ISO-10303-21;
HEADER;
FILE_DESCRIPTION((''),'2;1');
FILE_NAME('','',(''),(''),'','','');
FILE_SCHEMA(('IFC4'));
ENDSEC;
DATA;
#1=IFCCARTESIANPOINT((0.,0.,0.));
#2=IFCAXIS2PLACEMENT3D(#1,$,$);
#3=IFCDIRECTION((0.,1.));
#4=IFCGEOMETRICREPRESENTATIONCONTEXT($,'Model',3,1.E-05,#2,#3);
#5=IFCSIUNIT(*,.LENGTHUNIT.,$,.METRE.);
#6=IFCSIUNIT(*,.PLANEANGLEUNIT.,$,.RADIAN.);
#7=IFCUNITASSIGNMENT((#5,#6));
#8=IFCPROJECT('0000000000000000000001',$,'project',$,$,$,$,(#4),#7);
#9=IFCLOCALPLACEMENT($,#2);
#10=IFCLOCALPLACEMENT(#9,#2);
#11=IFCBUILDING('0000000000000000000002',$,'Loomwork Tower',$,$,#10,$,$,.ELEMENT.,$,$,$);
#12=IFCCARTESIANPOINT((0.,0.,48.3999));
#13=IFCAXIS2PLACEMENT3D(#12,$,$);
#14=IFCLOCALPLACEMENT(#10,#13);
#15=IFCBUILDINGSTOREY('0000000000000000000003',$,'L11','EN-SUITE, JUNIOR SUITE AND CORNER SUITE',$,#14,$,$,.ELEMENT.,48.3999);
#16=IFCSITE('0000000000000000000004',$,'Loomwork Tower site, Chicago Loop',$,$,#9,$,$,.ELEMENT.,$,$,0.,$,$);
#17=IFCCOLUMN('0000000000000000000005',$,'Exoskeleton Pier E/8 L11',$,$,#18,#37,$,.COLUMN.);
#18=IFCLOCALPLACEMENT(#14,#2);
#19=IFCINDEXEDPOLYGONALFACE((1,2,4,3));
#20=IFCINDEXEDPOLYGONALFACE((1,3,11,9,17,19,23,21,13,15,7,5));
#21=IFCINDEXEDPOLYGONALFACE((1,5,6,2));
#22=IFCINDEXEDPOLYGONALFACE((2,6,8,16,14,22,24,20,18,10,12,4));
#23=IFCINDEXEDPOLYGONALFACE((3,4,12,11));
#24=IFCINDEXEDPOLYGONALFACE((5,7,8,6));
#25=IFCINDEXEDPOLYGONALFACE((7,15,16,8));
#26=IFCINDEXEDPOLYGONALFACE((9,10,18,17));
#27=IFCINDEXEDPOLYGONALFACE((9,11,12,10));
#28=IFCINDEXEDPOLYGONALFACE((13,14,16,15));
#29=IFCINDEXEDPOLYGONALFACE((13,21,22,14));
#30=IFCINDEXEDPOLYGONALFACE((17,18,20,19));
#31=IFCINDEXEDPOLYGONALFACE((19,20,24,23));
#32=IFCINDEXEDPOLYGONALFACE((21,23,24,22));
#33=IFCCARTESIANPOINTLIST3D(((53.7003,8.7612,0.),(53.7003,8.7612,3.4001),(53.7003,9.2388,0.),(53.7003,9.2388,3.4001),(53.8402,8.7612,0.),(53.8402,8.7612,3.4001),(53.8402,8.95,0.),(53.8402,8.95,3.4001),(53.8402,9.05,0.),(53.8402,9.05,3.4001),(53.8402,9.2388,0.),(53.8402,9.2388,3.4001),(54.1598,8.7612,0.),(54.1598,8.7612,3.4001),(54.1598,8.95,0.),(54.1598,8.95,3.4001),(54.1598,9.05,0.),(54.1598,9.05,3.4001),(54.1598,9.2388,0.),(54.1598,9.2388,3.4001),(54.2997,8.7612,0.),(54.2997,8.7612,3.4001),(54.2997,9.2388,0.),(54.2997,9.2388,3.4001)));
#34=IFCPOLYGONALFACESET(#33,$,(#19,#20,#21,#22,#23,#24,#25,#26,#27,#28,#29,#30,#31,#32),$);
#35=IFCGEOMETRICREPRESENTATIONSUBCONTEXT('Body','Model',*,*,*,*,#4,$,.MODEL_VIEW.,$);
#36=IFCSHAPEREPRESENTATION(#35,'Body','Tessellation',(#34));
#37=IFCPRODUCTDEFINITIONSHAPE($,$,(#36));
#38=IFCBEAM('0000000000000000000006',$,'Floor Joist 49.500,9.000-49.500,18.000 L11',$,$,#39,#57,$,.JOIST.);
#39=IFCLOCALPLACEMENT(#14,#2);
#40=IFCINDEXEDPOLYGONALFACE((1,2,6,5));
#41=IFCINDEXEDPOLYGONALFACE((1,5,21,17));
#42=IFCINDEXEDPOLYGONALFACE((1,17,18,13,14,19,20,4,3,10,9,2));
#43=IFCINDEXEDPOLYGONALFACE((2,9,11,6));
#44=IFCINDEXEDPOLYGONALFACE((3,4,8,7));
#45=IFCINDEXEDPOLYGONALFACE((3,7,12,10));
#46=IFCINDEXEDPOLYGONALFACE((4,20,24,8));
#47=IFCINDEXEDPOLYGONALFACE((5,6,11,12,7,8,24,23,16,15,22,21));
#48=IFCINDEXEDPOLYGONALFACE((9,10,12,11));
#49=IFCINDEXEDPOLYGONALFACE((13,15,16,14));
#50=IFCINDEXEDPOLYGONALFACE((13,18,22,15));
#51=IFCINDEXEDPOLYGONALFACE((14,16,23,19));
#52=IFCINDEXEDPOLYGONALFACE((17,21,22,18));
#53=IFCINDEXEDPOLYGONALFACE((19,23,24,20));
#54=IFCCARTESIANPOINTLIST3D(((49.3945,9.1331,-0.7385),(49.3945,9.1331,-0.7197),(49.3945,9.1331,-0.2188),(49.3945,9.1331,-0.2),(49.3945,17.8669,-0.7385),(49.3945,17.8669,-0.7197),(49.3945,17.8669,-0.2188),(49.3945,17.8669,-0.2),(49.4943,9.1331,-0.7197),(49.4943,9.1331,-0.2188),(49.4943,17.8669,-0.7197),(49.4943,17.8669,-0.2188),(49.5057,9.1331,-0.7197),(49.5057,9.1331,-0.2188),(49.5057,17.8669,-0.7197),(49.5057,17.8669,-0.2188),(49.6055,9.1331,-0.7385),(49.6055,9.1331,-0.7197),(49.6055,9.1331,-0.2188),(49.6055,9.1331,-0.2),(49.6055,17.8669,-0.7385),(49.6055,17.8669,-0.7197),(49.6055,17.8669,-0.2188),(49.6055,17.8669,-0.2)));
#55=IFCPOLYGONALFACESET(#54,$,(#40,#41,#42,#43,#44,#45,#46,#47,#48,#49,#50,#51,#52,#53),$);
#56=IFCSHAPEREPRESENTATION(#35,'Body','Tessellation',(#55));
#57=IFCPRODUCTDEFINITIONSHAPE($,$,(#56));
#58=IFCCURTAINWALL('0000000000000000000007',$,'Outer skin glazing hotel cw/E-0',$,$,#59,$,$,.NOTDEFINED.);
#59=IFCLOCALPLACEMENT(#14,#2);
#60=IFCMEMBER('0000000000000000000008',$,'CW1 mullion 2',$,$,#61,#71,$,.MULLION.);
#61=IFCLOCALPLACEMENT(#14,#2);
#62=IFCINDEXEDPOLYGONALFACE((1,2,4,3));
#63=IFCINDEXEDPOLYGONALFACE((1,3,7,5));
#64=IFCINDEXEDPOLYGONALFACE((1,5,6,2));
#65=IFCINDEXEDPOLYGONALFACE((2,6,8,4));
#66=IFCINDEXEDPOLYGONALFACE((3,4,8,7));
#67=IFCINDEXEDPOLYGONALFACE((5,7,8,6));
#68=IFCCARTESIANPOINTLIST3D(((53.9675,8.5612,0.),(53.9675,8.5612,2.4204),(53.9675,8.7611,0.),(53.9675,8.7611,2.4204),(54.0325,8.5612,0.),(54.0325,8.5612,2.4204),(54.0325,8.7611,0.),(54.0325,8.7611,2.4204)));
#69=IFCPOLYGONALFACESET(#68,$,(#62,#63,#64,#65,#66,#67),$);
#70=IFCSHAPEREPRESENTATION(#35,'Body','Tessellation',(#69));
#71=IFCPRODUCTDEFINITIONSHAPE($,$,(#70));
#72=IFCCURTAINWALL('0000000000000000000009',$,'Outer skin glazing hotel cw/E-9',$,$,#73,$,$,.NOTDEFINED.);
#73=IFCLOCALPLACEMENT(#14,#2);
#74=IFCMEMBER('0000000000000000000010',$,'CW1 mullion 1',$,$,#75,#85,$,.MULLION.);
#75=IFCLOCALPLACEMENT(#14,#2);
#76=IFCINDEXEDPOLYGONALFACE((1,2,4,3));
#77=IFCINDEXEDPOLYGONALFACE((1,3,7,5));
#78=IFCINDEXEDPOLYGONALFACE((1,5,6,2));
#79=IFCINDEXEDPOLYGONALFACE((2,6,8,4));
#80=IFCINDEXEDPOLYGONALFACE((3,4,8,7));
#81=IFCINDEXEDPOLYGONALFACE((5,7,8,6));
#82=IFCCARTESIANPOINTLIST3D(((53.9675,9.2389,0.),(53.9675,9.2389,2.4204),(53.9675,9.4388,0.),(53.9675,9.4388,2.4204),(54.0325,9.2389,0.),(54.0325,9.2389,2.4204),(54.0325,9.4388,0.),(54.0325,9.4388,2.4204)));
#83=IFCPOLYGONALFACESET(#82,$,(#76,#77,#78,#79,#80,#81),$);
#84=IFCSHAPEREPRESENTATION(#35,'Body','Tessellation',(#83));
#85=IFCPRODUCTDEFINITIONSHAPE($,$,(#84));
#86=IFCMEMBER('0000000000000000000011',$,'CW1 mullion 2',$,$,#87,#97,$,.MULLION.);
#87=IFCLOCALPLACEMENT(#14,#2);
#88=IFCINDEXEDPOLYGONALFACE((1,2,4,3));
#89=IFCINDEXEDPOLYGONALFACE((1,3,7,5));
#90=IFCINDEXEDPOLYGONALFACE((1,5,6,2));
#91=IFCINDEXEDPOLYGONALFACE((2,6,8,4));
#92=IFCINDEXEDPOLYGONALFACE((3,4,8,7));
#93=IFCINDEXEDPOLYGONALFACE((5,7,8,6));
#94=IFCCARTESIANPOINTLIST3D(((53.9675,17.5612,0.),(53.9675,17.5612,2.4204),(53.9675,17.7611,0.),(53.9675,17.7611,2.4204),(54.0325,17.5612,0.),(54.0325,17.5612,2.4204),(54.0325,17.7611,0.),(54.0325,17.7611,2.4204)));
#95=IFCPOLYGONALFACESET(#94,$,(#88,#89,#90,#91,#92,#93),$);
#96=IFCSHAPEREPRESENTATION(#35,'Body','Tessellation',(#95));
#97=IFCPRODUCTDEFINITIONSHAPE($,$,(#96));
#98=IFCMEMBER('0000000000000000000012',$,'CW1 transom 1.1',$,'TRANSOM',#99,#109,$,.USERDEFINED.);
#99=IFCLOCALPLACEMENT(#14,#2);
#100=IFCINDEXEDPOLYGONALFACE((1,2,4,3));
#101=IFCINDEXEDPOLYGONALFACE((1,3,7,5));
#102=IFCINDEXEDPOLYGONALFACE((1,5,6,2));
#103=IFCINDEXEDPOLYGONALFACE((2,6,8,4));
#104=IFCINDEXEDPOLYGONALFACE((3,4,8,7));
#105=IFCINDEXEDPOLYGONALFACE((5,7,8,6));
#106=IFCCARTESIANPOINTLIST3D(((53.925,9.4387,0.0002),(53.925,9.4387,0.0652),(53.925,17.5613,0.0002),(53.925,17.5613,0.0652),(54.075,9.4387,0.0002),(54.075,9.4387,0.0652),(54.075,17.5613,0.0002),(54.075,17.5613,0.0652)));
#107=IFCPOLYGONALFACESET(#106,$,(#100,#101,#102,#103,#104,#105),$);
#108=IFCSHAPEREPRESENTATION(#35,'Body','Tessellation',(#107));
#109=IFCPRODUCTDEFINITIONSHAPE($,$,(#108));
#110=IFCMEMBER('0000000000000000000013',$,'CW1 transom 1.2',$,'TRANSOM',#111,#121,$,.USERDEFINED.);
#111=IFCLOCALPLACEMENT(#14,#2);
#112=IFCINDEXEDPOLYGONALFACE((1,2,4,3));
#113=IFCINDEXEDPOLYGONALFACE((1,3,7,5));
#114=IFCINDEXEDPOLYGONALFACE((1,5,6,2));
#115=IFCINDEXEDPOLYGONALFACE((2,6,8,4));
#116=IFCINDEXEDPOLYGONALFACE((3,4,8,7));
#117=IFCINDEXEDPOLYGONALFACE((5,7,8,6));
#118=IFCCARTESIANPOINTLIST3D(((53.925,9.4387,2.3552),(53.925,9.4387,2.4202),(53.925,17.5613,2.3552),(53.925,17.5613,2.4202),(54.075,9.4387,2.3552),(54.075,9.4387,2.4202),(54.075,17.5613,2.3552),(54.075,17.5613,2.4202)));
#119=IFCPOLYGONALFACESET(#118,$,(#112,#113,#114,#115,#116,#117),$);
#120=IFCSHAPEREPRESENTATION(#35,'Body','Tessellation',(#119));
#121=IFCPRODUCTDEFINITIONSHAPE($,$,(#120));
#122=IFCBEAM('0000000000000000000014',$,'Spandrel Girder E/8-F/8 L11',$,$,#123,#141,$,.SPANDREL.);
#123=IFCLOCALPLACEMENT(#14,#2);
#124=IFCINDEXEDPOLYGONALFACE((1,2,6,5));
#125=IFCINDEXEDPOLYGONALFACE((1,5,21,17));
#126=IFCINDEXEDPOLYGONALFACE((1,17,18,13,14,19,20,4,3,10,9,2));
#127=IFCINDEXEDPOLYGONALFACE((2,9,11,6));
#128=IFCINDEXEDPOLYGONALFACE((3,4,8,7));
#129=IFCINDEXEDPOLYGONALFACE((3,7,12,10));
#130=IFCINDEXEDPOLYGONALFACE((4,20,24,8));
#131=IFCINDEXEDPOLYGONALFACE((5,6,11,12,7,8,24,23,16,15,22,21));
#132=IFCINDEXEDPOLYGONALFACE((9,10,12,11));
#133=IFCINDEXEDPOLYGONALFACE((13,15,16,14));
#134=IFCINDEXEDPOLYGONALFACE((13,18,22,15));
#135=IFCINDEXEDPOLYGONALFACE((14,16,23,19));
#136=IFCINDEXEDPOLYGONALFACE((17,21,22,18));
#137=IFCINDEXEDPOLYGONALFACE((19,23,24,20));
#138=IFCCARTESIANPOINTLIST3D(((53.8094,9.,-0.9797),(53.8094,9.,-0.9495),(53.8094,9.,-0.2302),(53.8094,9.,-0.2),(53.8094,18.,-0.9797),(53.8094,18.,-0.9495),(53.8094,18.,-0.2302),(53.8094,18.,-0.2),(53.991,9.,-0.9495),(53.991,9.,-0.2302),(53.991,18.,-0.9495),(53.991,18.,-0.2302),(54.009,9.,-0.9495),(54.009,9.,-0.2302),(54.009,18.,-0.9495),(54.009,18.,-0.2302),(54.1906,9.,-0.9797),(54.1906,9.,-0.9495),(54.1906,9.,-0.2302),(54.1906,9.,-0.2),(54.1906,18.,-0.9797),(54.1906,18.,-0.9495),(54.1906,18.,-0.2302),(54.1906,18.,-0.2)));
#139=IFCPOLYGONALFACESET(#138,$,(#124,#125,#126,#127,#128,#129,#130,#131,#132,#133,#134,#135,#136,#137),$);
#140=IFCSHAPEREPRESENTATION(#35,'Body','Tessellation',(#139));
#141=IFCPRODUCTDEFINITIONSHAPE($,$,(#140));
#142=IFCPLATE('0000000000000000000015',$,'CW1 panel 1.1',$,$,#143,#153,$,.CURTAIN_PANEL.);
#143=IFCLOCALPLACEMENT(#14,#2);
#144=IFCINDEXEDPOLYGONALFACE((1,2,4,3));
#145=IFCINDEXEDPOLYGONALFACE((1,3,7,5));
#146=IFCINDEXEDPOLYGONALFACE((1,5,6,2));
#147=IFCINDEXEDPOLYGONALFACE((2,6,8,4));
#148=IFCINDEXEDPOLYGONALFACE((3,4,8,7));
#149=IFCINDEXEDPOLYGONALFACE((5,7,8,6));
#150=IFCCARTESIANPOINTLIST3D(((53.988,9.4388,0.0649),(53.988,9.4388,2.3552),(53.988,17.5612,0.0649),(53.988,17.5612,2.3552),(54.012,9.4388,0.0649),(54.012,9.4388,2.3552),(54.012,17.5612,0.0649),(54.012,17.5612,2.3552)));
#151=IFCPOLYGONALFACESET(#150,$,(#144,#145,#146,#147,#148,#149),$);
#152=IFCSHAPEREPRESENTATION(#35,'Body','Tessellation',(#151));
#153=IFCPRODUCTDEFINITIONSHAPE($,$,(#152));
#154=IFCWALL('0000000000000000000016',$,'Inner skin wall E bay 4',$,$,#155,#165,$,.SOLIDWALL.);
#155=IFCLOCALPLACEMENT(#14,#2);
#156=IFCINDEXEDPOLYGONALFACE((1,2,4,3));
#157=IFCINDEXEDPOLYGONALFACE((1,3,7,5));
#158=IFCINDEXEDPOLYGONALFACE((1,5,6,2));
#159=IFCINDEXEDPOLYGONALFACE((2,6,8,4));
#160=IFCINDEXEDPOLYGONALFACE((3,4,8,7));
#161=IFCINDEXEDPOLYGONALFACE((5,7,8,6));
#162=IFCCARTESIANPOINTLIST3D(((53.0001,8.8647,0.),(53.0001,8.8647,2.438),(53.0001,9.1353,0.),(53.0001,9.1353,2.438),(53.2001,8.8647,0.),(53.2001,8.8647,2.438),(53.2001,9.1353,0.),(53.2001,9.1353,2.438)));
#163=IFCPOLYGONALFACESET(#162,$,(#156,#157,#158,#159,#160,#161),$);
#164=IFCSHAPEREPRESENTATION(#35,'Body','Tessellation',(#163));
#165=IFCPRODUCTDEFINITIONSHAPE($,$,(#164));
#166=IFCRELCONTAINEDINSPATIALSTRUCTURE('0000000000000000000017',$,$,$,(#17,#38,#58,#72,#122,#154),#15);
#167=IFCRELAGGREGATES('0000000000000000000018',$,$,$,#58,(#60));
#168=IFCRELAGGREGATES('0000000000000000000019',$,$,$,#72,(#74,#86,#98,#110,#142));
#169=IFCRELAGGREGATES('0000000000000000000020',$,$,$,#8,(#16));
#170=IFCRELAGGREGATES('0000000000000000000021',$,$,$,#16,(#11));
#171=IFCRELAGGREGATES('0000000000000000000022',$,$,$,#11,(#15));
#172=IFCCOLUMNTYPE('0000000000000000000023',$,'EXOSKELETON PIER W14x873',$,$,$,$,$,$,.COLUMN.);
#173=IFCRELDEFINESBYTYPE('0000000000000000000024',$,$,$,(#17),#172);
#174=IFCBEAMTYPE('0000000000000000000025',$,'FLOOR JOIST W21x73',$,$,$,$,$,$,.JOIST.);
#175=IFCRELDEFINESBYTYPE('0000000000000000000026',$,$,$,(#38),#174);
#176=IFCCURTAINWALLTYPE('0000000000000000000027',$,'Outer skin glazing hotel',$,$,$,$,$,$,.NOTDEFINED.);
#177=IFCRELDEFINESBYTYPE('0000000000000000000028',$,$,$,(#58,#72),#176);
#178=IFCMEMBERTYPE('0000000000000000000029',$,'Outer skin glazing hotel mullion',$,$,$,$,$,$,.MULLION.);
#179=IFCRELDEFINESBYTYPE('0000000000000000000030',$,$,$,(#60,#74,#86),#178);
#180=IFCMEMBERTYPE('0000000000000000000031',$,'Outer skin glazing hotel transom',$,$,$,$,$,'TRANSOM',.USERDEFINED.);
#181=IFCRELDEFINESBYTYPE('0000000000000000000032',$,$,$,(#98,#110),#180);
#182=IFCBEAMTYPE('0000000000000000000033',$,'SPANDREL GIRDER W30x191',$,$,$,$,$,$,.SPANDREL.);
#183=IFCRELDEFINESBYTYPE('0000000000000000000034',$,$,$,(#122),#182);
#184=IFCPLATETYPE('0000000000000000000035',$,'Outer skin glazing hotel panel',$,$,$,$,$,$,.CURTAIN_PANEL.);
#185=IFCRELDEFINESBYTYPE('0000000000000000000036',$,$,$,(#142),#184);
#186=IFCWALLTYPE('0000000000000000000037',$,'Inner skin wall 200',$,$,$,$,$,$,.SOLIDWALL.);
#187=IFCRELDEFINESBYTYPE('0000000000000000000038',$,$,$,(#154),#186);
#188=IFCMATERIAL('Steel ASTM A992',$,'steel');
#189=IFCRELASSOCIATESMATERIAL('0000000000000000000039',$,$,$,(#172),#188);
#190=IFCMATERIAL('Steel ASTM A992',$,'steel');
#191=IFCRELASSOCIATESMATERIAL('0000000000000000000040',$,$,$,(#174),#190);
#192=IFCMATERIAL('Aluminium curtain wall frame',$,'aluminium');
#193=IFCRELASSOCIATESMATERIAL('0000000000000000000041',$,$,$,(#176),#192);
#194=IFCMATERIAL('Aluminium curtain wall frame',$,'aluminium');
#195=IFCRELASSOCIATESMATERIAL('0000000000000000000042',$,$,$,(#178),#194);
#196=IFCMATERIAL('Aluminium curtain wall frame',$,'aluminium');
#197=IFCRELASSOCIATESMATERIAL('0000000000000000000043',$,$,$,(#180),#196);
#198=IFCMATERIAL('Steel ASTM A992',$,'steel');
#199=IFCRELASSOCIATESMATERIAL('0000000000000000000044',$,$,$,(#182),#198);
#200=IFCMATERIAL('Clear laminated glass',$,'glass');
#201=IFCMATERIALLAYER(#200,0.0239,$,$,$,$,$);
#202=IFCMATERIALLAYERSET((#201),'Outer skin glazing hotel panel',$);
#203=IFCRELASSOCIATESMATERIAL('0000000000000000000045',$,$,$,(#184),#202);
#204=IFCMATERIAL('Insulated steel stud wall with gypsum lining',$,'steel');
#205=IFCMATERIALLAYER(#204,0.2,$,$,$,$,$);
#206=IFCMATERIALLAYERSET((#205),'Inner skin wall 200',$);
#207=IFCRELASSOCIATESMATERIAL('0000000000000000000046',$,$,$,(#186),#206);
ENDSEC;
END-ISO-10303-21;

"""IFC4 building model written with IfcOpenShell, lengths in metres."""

from ifc_helpers import new_model, si_unit, direction, frame, frame_2d, origin, origin_2d, place, context, subcontext, project, spatial, rectangle, i_section, extrude, material, layer, layer_set, material_profile, profile_set, type_object, element, aggregate, save


model = new_model("IFC4")

# Units and contexts
model_context = context("Model", 3, precision=1e-05, world=origin(), true_north=direction((0.0, 1.0)))
body_context = subcontext(model_context, "Body", "Model", "MODEL_VIEW")
ifc_project = project(units=[si_unit("LENGTHUNIT", "METRE"), si_unit("PLANEANGLEUNIT", "RADIAN")], contexts=[model_context])

# Site, building, storey
site_placement = place(None, origin())
site = spatial("IfcSite", under=ifc_project, at=site_placement, Name="Loomwork Tower site, Chicago Loop", CompositionType="ELEMENT", RefElevation=0.0)
building_placement = place(site_placement, origin())
building = spatial("IfcBuilding", under=site, at=building_placement, Name="Loomwork Tower", CompositionType="ELEMENT")
storey_placement = place(building_placement, frame((0.0, 0.0, 48.3999)))
storey = spatial("IfcBuildingStorey", under=building, at=storey_placement, Name="L11", Description="EN-SUITE, JUNIOR SUITE AND CORNER SUITE", CompositionType="ELEMENT", Elevation=48.3999)

# Column
ifc_material_1 = material(Name="Steel ASTM A992", Category="steel")
ifc_material_profile_1 = material_profile(ifc_material_1, i_section(OverallWidth=0.4775, OverallDepth=0.5994, WebThickness=0.1001, FlangeThickness=0.1399, at=origin_2d()), Name="W14x873")
ifc_profile_set_1 = profile_set([ifc_material_profile_1], Name="Steel ASTM A992")
column_type = type_object("IfcColumnType", Name="EXOSKELETON PIER W14x873", PredefinedType="COLUMN", material=ifc_profile_set_1)
column_placement = place(storey_placement, frame((54.0, 9.0, 0.0), z_axis=(0.0, 0.0, 1.0), x_axis=(0.0, 1.0, 0.0)))
element("IfcColumn", 1, at=column_placement, inside=storey, type_object=column_type, Name="Exoskeleton Pier E/8 L11", PredefinedType="COLUMN", context=body_context, shape_type="SweptSolid", body=[
    extrude(i_section(OverallWidth=0.4775, OverallDepth=0.5994, WebThickness=0.1001, FlangeThickness=0.1399, at=origin_2d()), origin(), (0.0, 0.0, 1.0), 3.4001),
])

# Beam
ifc_material_2 = material(Name="Steel ASTM A992", Category="steel")
ifc_material_profile_2 = material_profile(ifc_material_2, i_section(OverallWidth=0.2109, OverallDepth=0.5386, WebThickness=0.0115, FlangeThickness=0.0188, at=origin_2d()), Name="W21x73")
ifc_profile_set_2 = profile_set([ifc_material_profile_2], Name="Steel ASTM A992")
beam_type_1 = type_object("IfcBeamType", Name="FLOOR JOIST W21x73", PredefinedType="JOIST", material=ifc_profile_set_2)
beam_1_placement = place(storey_placement, frame((49.5, 9.1331, -0.4692), z_axis=(0.0, 1.0, 0.0), x_axis=(-1.0, 0.0, 0.0)))
element("IfcBeam", 2, at=beam_1_placement, inside=storey, type_object=beam_type_1, Name="Floor Joist 49.500,9.000-49.500,18.000 L11", PredefinedType="JOIST", context=body_context, shape_type="SweptSolid", body=[
    extrude(i_section(OverallWidth=0.2109, OverallDepth=0.5386, WebThickness=0.0115, FlangeThickness=0.0188, at=origin_2d()), origin(), (0.0, 0.0, 1.0), 8.7339),
])

# Curtain wall, member
ifc_material_3 = material(Name="Aluminium curtain wall frame", Category="aluminium")
curtain_wall_type = type_object("IfcCurtainWallType", Name="Outer skin glazing hotel", PredefinedType="NOTDEFINED", material=ifc_material_3)
curtain_wall_1_placement = place(storey_placement, origin())
curtain_wall_1 = element("IfcCurtainWall", 3, at=curtain_wall_1_placement, inside=storey, type_object=curtain_wall_type, Name="Outer skin glazing hotel cw/E-0", PredefinedType="NOTDEFINED")
ifc_material_4 = material(Name="Aluminium curtain wall frame", Category="aluminium")
ifc_material_profile_3 = material_profile(ifc_material_4, rectangle(XDim=0.0649, YDim=0.2, at=origin_2d()), Name="AL 65x200")
ifc_profile_set_3 = profile_set([ifc_material_profile_3], Name="Aluminium curtain wall frame")
member_type_1 = type_object("IfcMemberType", Name="Outer skin glazing hotel mullion", PredefinedType="MULLION", material=ifc_profile_set_3)
member_1_placement = place(storey_placement, frame((54.0, 8.6611, 0.0), z_axis=(0.0, 0.0, 1.0), x_axis=(-1.0, 0.0, 0.0)))
member_1 = element("IfcMember", 4, at=member_1_placement, type_object=member_type_1, Name="CW1 mullion 2", PredefinedType="MULLION", context=body_context, shape_type="SweptSolid", body=[
    extrude(rectangle(XDim=0.0649, YDim=0.2, at=origin_2d()), origin(), (0.0, 0.0, 1.0), 2.4204),
])
aggregate(curtain_wall_1, [member_1])

# Curtain wall, members
curtain_wall_2_placement = place(storey_placement, origin())
curtain_wall_2 = element("IfcCurtainWall", 5, at=curtain_wall_2_placement, inside=storey, type_object=curtain_wall_type, Name="Outer skin glazing hotel cw/E-9", PredefinedType="NOTDEFINED")
member_2_placement = place(storey_placement, frame((54.0, 9.3389, 0.0), z_axis=(0.0, 0.0, 1.0), x_axis=(-1.0, 0.0, 0.0)))
member_2 = element("IfcMember", 6, at=member_2_placement, type_object=member_type_1, Name="CW1 mullion 1", PredefinedType="MULLION", context=body_context, shape_type="SweptSolid", body=[
    extrude(rectangle(XDim=0.0649, YDim=0.2, at=origin_2d()), origin(), (0.0, 0.0, 1.0), 2.4204),
])
member_3_placement = place(storey_placement, frame((54.0, 17.6611, 0.0), z_axis=(0.0, 0.0, 1.0), x_axis=(-1.0, 0.0, 0.0)))
member_3 = element("IfcMember", 7, at=member_3_placement, type_object=member_type_1, Name="CW1 mullion 2", PredefinedType="MULLION", context=body_context, shape_type="SweptSolid", body=[
    extrude(rectangle(XDim=0.0649, YDim=0.2, at=origin_2d()), origin(), (0.0, 0.0, 1.0), 2.4204),
])
ifc_material_5 = material(Name="Aluminium curtain wall frame", Category="aluminium")
ifc_material_profile_4 = material_profile(ifc_material_5, rectangle(XDim=0.1499, YDim=0.0649, at=origin_2d()), Name="AL 65x150")
ifc_profile_set_4 = profile_set([ifc_material_profile_4], Name="Aluminium curtain wall frame")
member_type_2 = type_object("IfcMemberType", Name="Outer skin glazing hotel transom", ElementType="TRANSOM", PredefinedType="USERDEFINED", material=ifc_profile_set_4)
member_4_placement = place(storey_placement, frame((54.0, 9.4387, 0.0327), z_axis=(0.0, 1.0, 0.0), x_axis=(-1.0, 0.0, 0.0)))
member_4 = element("IfcMember", 8, at=member_4_placement, type_object=member_type_2, Name="CW1 transom 1.1", ObjectType="TRANSOM", PredefinedType="USERDEFINED", context=body_context, shape_type="SweptSolid", body=[
    extrude(rectangle(XDim=0.1499, YDim=0.0649, at=origin_2d()), origin(), (0.0, 0.0, 1.0), 8.1226),
])
member_5_placement = place(storey_placement, frame((54.0, 9.4387, 2.3877), z_axis=(0.0, 1.0, 0.0), x_axis=(-1.0, 0.0, 0.0)))
member_5 = element("IfcMember", 9, at=member_5_placement, type_object=member_type_2, Name="CW1 transom 1.2", ObjectType="TRANSOM", PredefinedType="USERDEFINED", context=body_context, shape_type="SweptSolid", body=[
    extrude(rectangle(XDim=0.1499, YDim=0.0649, at=origin_2d()), origin(), (0.0, 0.0, 1.0), 8.1226),
])

# Beam
ifc_material_6 = material(Name="Steel ASTM A992", Category="steel")
ifc_material_profile_5 = material_profile(ifc_material_6, i_section(OverallWidth=0.3811, OverallDepth=0.7798, WebThickness=0.0181, FlangeThickness=0.0303, at=origin_2d()), Name="W30x191")
ifc_profile_set_5 = profile_set([ifc_material_profile_5], Name="Steel ASTM A992")
beam_type_2 = type_object("IfcBeamType", Name="SPANDREL GIRDER W30x191", PredefinedType="SPANDREL", material=ifc_profile_set_5)
beam_2_placement = place(storey_placement, frame((54.0, 9.0, -0.5898), z_axis=(0.0, 1.0, 0.0), x_axis=(-1.0, 0.0, 0.0)))
element("IfcBeam", 10, at=beam_2_placement, inside=storey, type_object=beam_type_2, Name="Spandrel Girder E/8-F/8 L11", PredefinedType="SPANDREL", context=body_context, shape_type="SweptSolid", body=[
    extrude(i_section(OverallWidth=0.3811, OverallDepth=0.7798, WebThickness=0.0181, FlangeThickness=0.0303, at=origin_2d()), origin(), (0.0, 0.0, 1.0), 9.0),
])

# Plate
ifc_material_7 = material(Name="Clear laminated glass", Category="glass")
ifc_layer_1 = layer(ifc_material_7, 0.0239)
ifc_layer_set_1 = layer_set([ifc_layer_1], Name="Outer skin glazing hotel panel")
plate_type = type_object("IfcPlateType", Name="Outer skin glazing hotel panel", PredefinedType="CURTAIN_PANEL", material=ifc_layer_set_1)
plate_placement = place(storey_placement, frame((54.0, 13.5, 0.0649), z_axis=(0.0, 0.0, 1.0), x_axis=(0.0, 1.0, 0.0)))
plate = element("IfcPlate", 11, at=plate_placement, type_object=plate_type, Name="CW1 panel 1.1", PredefinedType="CURTAIN_PANEL", context=body_context, shape_type="SweptSolid", body=[
    extrude(rectangle(XDim=8.1223, YDim=0.0239, at=origin_2d()), origin(), (0.0, 0.0, 1.0), 2.2903),
])
aggregate(curtain_wall_2, [member_2, member_3, member_4, member_5, plate])

# Wall
ifc_material_8 = material(Name="Insulated steel stud wall with gypsum lining", Category="steel")
ifc_layer_2 = layer(ifc_material_8, 0.2)
ifc_layer_set_2 = layer_set([ifc_layer_2], Name="Inner skin wall 200")
wall_type = type_object("IfcWallType", Name="Inner skin wall 200", PredefinedType="SOLIDWALL", material=ifc_layer_set_2)
wall_1_placement = place(storey_placement, frame((53.1001, 8.8647, 0.0), z_axis=(0.0, 0.0, 1.0), x_axis=(0.0, 1.0, 0.0)))
element("IfcWall", 12, at=wall_1_placement, inside=storey, type_object=wall_type, Name="Inner skin wall E bay 4", PredefinedType="SOLIDWALL", context=body_context, shape_type="SweptSolid", body=[
    extrude(rectangle(XDim=0.2705, YDim=0.2, at=frame_2d((0.1353, 0.0))), origin(), (0.0, 0.0, 1.0), 2.438),
])

save(model, "model.ifc")
